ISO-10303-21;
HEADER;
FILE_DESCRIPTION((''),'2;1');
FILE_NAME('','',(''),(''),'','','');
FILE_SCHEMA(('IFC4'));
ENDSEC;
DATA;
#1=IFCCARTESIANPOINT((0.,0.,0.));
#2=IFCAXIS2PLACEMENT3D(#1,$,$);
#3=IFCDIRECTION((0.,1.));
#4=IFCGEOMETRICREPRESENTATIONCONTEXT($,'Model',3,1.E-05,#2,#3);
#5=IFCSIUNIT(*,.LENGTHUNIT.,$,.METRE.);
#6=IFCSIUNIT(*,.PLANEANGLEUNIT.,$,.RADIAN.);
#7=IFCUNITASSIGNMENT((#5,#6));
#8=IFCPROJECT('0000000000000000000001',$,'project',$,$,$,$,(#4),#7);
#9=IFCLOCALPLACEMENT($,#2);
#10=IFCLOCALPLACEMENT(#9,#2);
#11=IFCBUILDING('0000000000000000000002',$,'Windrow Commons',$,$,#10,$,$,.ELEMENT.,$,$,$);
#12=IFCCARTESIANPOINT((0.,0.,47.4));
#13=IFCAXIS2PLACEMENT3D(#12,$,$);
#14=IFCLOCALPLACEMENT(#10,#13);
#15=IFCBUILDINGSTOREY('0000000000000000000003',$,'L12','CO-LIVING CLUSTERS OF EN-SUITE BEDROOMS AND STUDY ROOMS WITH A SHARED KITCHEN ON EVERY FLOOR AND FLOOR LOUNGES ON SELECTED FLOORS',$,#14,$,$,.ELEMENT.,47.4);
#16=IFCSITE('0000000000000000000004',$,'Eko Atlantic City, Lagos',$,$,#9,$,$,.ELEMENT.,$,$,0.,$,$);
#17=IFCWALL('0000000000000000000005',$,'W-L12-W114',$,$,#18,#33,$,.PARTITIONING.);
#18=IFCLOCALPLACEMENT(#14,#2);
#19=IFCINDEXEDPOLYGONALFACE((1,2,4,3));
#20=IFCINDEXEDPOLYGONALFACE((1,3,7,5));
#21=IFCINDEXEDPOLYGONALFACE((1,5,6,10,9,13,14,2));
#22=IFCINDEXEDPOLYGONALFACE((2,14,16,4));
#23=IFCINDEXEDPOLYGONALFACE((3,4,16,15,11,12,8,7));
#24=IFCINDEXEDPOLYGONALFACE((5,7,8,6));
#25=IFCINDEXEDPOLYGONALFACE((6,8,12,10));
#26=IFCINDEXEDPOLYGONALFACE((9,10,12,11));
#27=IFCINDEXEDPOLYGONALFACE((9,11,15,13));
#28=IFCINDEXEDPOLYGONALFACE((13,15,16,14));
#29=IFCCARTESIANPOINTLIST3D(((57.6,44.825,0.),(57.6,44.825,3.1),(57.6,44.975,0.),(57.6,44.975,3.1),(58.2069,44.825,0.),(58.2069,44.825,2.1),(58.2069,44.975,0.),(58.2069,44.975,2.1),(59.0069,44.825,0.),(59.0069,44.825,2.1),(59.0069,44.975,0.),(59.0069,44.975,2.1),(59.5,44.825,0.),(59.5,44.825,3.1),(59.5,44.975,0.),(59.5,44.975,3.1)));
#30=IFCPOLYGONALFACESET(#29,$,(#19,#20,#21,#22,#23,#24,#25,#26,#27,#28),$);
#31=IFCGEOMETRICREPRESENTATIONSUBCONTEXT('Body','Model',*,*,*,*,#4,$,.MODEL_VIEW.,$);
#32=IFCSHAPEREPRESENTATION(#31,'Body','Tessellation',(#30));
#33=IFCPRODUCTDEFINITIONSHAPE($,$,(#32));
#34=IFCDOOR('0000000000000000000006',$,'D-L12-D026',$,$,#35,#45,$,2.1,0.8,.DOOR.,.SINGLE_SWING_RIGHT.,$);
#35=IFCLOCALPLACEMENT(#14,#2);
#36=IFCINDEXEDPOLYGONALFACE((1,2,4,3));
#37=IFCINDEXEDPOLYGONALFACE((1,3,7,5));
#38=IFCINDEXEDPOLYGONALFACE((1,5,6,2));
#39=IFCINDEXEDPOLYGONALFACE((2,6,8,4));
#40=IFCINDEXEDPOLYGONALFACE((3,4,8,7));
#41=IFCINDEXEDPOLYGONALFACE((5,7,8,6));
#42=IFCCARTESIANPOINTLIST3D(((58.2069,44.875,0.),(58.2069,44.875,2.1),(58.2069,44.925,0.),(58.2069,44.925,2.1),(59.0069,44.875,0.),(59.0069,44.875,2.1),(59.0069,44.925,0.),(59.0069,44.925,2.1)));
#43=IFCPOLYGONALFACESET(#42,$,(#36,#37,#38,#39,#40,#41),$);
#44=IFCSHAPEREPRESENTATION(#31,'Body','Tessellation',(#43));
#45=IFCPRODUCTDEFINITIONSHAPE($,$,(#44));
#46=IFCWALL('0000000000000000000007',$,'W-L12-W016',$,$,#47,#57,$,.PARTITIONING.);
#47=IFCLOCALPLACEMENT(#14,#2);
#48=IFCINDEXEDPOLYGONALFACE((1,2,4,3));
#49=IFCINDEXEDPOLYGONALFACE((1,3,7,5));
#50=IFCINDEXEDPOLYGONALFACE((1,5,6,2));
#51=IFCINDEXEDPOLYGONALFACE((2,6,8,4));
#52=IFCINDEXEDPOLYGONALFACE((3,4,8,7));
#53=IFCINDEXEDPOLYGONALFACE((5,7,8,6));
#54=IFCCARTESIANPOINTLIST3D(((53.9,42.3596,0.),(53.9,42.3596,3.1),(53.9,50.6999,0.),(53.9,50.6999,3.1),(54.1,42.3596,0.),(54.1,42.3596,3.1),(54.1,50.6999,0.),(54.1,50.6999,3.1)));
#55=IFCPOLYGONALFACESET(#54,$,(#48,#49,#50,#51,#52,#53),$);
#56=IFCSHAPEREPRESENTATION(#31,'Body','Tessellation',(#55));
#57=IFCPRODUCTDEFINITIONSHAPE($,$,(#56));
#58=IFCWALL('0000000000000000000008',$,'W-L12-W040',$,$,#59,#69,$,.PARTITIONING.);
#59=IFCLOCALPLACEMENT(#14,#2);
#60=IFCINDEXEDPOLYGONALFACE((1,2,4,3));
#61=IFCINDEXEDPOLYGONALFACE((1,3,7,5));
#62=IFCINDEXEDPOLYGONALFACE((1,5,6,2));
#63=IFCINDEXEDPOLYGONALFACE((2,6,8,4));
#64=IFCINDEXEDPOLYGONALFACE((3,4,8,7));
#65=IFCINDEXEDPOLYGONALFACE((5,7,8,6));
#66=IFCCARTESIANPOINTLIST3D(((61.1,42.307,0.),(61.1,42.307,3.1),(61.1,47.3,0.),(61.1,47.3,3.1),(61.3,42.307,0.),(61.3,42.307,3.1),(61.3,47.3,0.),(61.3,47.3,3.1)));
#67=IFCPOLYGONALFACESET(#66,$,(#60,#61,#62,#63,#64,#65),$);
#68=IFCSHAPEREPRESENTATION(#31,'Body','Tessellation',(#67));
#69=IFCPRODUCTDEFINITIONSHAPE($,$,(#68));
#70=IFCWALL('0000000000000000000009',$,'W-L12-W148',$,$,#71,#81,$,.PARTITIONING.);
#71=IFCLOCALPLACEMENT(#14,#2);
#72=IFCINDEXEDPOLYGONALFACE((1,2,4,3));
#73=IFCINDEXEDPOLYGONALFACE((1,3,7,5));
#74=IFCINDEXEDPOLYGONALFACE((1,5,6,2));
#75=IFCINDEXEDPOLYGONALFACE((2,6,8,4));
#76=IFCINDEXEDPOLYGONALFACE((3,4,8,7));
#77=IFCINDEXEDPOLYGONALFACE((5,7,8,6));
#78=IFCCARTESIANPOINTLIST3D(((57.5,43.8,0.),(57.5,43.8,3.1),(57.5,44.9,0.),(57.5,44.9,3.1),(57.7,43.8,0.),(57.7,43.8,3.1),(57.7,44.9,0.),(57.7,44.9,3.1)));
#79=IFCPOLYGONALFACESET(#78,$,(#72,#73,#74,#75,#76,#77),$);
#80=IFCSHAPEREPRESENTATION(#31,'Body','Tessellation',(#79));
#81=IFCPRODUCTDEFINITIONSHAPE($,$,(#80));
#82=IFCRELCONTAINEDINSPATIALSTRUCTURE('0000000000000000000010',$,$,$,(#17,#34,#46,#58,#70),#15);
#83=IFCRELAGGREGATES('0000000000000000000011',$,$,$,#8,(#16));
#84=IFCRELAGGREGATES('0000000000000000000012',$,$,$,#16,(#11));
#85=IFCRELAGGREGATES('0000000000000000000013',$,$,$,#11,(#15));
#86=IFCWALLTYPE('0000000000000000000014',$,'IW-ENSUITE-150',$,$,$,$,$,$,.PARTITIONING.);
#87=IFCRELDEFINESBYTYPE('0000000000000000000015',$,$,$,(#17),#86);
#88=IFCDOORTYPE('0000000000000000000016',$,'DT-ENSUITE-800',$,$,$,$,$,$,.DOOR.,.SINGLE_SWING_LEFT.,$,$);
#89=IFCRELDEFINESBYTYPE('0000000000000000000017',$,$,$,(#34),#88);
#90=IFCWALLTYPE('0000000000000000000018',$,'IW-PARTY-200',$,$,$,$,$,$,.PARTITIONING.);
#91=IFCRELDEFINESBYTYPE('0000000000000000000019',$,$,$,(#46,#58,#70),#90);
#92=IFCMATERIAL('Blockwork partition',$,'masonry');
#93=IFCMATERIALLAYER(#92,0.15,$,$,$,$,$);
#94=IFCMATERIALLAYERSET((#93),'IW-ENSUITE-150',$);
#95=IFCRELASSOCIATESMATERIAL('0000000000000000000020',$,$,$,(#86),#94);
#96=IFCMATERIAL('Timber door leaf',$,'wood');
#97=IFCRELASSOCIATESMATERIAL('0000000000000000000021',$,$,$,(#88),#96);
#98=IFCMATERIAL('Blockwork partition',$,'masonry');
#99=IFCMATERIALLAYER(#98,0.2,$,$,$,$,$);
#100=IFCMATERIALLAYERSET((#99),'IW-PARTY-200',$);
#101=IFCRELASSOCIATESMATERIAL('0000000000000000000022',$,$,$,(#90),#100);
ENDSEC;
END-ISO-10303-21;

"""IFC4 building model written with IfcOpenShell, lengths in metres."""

from ifc_helpers import new_model, si_unit, direction, frame, frame_2d, origin, place, context, subcontext, project, spatial, rectangle, extrude, material, layer, layer_set, type_object, element, fill, save


model = new_model("IFC4")

# Units and contexts
model_context = context("Model", 3, precision=1e-05, world=origin(), true_north=direction((0.0, 1.0)))
body_context = subcontext(model_context, "Body", "Model", "MODEL_VIEW")
ifc_project = project(units=[si_unit("LENGTHUNIT", "METRE"), si_unit("PLANEANGLEUNIT", "RADIAN")], contexts=[model_context])

# Site, building, storey
site_placement = place(None, origin())
site = spatial("IfcSite", under=ifc_project, at=site_placement, Name="Eko Atlantic City, Lagos", CompositionType="ELEMENT", RefElevation=0.0)
building_placement = place(site_placement, origin())
building = spatial("IfcBuilding", under=site, at=building_placement, Name="Windrow Commons", CompositionType="ELEMENT")
storey_placement = place(building_placement, frame((0.0, 0.0, 47.4)))
storey = spatial("IfcBuildingStorey", under=building, at=storey_placement, Name="L12", Description="CO-LIVING CLUSTERS OF EN-SUITE BEDROOMS AND STUDY ROOMS WITH A SHARED KITCHEN ON EVERY FLOOR AND FLOOR LOUNGES ON SELECTED FLOORS", CompositionType="ELEMENT", Elevation=47.4)

# Shared definitions
ifc_material_1 = material(Name="Blockwork partition", Category="masonry")
ifc_layer_1 = layer(ifc_material_1, 0.15)
ifc_layer_set_1 = layer_set([ifc_layer_1], Name="IW-ENSUITE-150")
wall_type_1 = type_object("IfcWallType", Name="IW-ENSUITE-150", PredefinedType="PARTITIONING", material=ifc_layer_set_1)

# Wall, opening, door
wall_1_placement = place(storey_placement, frame((57.6, 44.9, 0.0), z_axis=(0.0, 0.0, 1.0), x_axis=(1.0, 0.0, 0.0)))
wall_1 = element("IfcWall", 1, at=wall_1_placement, inside=storey, type_object=wall_type_1, Name="W-L12-W114", PredefinedType="PARTITIONING", context=body_context, shape_type="SweptSolid", body=[
    extrude(rectangle(XDim=1.9, YDim=0.15, at=frame_2d((0.95, 0.0))), origin(), (0.0, 0.0, 1.0), 3.1),
])
opening_1_placement = place(wall_1_placement, frame((0.6069, 0.0, 0.0)))
opening_1 = element("IfcOpeningElement", 2, at=opening_1_placement, cuts=wall_1, PredefinedType="OPENING", context=body_context, shape_type="SweptSolid", body=[
    extrude(rectangle(XDim=0.8, YDim=2.1, at=frame_2d((0.4, 1.05))), frame((0.0, 0.085, 0.0), z_axis=(0.0, -1.0, 0.0), x_axis=(1.0, 0.0, 0.0)), (0.0, 0.0, 1.0), 0.17),
])
ifc_material_2 = material(Name="Timber door leaf", Category="wood")
door_type = type_object("IfcDoorType", Name="DT-ENSUITE-800", OperationType="SINGLE_SWING_LEFT", PredefinedType="DOOR", material=ifc_material_2)
door_placement = place(opening_1_placement, origin())
door = element("IfcDoor", 3, at=door_placement, inside=storey, type_object=door_type, Name="D-L12-D026", OperationType="SINGLE_SWING_RIGHT", OverallHeight=2.1, OverallWidth=0.8, PredefinedType="DOOR", context=body_context, shape_type="SweptSolid", body=[
    extrude(rectangle(XDim=0.8, YDim=2.1, at=frame_2d((0.4, 1.05))), frame((0.0, 0.025, 0.0), z_axis=(0.0, -1.0, 0.0), x_axis=(1.0, 0.0, 0.0)), (0.0, 0.0, 1.0), 0.05),
])
fill(opening_1, door)

# Walls
ifc_material_3 = material(Name="Blockwork partition", Category="masonry")
ifc_layer_2 = layer(ifc_material_3, 0.2)
ifc_layer_set_2 = layer_set([ifc_layer_2], Name="IW-PARTY-200")
wall_type_2 = type_object("IfcWallType", Name="IW-PARTY-200", PredefinedType="PARTITIONING", material=ifc_layer_set_2)
wall_2_placement = place(storey_placement, frame((54.0, 42.3597, 0.0), z_axis=(0.0, 0.0, 1.0), x_axis=(0.0, 1.0, 0.0)))
element("IfcWall", 4, at=wall_2_placement, inside=storey, type_object=wall_type_2, Name="W-L12-W016", PredefinedType="PARTITIONING", context=body_context, shape_type="SweptSolid", body=[
    extrude(rectangle(XDim=8.3403, YDim=0.2, at=frame_2d((4.1701, 0.0))), origin(), (0.0, 0.0, 1.0), 3.1),
])
wall_3_placement = place(storey_placement, frame((61.2, 42.307, 0.0), z_axis=(0.0, 0.0, 1.0), x_axis=(0.0, 1.0, 0.0)))
element("IfcWall", 5, at=wall_3_placement, inside=storey, type_object=wall_type_2, Name="W-L12-W040", PredefinedType="PARTITIONING", context=body_context, shape_type="SweptSolid", body=[
    extrude(rectangle(XDim=4.993, YDim=0.2, at=frame_2d((2.4965, 0.0))), origin(), (0.0, 0.0, 1.0), 3.1),
])
wall_4_placement = place(storey_placement, frame((57.6, 43.8, 0.0), z_axis=(0.0, 0.0, 1.0), x_axis=(0.0, 1.0, 0.0)))
element("IfcWall", 6, at=wall_4_placement, inside=storey, type_object=wall_type_2, Name="W-L12-W148", PredefinedType="PARTITIONING", context=body_context, shape_type="SweptSolid", body=[
    extrude(rectangle(XDim=1.1, YDim=0.2, at=frame_2d((0.55, 0.0))), origin(), (0.0, 0.0, 1.0), 3.1),
])

save(model, "model.ifc")
